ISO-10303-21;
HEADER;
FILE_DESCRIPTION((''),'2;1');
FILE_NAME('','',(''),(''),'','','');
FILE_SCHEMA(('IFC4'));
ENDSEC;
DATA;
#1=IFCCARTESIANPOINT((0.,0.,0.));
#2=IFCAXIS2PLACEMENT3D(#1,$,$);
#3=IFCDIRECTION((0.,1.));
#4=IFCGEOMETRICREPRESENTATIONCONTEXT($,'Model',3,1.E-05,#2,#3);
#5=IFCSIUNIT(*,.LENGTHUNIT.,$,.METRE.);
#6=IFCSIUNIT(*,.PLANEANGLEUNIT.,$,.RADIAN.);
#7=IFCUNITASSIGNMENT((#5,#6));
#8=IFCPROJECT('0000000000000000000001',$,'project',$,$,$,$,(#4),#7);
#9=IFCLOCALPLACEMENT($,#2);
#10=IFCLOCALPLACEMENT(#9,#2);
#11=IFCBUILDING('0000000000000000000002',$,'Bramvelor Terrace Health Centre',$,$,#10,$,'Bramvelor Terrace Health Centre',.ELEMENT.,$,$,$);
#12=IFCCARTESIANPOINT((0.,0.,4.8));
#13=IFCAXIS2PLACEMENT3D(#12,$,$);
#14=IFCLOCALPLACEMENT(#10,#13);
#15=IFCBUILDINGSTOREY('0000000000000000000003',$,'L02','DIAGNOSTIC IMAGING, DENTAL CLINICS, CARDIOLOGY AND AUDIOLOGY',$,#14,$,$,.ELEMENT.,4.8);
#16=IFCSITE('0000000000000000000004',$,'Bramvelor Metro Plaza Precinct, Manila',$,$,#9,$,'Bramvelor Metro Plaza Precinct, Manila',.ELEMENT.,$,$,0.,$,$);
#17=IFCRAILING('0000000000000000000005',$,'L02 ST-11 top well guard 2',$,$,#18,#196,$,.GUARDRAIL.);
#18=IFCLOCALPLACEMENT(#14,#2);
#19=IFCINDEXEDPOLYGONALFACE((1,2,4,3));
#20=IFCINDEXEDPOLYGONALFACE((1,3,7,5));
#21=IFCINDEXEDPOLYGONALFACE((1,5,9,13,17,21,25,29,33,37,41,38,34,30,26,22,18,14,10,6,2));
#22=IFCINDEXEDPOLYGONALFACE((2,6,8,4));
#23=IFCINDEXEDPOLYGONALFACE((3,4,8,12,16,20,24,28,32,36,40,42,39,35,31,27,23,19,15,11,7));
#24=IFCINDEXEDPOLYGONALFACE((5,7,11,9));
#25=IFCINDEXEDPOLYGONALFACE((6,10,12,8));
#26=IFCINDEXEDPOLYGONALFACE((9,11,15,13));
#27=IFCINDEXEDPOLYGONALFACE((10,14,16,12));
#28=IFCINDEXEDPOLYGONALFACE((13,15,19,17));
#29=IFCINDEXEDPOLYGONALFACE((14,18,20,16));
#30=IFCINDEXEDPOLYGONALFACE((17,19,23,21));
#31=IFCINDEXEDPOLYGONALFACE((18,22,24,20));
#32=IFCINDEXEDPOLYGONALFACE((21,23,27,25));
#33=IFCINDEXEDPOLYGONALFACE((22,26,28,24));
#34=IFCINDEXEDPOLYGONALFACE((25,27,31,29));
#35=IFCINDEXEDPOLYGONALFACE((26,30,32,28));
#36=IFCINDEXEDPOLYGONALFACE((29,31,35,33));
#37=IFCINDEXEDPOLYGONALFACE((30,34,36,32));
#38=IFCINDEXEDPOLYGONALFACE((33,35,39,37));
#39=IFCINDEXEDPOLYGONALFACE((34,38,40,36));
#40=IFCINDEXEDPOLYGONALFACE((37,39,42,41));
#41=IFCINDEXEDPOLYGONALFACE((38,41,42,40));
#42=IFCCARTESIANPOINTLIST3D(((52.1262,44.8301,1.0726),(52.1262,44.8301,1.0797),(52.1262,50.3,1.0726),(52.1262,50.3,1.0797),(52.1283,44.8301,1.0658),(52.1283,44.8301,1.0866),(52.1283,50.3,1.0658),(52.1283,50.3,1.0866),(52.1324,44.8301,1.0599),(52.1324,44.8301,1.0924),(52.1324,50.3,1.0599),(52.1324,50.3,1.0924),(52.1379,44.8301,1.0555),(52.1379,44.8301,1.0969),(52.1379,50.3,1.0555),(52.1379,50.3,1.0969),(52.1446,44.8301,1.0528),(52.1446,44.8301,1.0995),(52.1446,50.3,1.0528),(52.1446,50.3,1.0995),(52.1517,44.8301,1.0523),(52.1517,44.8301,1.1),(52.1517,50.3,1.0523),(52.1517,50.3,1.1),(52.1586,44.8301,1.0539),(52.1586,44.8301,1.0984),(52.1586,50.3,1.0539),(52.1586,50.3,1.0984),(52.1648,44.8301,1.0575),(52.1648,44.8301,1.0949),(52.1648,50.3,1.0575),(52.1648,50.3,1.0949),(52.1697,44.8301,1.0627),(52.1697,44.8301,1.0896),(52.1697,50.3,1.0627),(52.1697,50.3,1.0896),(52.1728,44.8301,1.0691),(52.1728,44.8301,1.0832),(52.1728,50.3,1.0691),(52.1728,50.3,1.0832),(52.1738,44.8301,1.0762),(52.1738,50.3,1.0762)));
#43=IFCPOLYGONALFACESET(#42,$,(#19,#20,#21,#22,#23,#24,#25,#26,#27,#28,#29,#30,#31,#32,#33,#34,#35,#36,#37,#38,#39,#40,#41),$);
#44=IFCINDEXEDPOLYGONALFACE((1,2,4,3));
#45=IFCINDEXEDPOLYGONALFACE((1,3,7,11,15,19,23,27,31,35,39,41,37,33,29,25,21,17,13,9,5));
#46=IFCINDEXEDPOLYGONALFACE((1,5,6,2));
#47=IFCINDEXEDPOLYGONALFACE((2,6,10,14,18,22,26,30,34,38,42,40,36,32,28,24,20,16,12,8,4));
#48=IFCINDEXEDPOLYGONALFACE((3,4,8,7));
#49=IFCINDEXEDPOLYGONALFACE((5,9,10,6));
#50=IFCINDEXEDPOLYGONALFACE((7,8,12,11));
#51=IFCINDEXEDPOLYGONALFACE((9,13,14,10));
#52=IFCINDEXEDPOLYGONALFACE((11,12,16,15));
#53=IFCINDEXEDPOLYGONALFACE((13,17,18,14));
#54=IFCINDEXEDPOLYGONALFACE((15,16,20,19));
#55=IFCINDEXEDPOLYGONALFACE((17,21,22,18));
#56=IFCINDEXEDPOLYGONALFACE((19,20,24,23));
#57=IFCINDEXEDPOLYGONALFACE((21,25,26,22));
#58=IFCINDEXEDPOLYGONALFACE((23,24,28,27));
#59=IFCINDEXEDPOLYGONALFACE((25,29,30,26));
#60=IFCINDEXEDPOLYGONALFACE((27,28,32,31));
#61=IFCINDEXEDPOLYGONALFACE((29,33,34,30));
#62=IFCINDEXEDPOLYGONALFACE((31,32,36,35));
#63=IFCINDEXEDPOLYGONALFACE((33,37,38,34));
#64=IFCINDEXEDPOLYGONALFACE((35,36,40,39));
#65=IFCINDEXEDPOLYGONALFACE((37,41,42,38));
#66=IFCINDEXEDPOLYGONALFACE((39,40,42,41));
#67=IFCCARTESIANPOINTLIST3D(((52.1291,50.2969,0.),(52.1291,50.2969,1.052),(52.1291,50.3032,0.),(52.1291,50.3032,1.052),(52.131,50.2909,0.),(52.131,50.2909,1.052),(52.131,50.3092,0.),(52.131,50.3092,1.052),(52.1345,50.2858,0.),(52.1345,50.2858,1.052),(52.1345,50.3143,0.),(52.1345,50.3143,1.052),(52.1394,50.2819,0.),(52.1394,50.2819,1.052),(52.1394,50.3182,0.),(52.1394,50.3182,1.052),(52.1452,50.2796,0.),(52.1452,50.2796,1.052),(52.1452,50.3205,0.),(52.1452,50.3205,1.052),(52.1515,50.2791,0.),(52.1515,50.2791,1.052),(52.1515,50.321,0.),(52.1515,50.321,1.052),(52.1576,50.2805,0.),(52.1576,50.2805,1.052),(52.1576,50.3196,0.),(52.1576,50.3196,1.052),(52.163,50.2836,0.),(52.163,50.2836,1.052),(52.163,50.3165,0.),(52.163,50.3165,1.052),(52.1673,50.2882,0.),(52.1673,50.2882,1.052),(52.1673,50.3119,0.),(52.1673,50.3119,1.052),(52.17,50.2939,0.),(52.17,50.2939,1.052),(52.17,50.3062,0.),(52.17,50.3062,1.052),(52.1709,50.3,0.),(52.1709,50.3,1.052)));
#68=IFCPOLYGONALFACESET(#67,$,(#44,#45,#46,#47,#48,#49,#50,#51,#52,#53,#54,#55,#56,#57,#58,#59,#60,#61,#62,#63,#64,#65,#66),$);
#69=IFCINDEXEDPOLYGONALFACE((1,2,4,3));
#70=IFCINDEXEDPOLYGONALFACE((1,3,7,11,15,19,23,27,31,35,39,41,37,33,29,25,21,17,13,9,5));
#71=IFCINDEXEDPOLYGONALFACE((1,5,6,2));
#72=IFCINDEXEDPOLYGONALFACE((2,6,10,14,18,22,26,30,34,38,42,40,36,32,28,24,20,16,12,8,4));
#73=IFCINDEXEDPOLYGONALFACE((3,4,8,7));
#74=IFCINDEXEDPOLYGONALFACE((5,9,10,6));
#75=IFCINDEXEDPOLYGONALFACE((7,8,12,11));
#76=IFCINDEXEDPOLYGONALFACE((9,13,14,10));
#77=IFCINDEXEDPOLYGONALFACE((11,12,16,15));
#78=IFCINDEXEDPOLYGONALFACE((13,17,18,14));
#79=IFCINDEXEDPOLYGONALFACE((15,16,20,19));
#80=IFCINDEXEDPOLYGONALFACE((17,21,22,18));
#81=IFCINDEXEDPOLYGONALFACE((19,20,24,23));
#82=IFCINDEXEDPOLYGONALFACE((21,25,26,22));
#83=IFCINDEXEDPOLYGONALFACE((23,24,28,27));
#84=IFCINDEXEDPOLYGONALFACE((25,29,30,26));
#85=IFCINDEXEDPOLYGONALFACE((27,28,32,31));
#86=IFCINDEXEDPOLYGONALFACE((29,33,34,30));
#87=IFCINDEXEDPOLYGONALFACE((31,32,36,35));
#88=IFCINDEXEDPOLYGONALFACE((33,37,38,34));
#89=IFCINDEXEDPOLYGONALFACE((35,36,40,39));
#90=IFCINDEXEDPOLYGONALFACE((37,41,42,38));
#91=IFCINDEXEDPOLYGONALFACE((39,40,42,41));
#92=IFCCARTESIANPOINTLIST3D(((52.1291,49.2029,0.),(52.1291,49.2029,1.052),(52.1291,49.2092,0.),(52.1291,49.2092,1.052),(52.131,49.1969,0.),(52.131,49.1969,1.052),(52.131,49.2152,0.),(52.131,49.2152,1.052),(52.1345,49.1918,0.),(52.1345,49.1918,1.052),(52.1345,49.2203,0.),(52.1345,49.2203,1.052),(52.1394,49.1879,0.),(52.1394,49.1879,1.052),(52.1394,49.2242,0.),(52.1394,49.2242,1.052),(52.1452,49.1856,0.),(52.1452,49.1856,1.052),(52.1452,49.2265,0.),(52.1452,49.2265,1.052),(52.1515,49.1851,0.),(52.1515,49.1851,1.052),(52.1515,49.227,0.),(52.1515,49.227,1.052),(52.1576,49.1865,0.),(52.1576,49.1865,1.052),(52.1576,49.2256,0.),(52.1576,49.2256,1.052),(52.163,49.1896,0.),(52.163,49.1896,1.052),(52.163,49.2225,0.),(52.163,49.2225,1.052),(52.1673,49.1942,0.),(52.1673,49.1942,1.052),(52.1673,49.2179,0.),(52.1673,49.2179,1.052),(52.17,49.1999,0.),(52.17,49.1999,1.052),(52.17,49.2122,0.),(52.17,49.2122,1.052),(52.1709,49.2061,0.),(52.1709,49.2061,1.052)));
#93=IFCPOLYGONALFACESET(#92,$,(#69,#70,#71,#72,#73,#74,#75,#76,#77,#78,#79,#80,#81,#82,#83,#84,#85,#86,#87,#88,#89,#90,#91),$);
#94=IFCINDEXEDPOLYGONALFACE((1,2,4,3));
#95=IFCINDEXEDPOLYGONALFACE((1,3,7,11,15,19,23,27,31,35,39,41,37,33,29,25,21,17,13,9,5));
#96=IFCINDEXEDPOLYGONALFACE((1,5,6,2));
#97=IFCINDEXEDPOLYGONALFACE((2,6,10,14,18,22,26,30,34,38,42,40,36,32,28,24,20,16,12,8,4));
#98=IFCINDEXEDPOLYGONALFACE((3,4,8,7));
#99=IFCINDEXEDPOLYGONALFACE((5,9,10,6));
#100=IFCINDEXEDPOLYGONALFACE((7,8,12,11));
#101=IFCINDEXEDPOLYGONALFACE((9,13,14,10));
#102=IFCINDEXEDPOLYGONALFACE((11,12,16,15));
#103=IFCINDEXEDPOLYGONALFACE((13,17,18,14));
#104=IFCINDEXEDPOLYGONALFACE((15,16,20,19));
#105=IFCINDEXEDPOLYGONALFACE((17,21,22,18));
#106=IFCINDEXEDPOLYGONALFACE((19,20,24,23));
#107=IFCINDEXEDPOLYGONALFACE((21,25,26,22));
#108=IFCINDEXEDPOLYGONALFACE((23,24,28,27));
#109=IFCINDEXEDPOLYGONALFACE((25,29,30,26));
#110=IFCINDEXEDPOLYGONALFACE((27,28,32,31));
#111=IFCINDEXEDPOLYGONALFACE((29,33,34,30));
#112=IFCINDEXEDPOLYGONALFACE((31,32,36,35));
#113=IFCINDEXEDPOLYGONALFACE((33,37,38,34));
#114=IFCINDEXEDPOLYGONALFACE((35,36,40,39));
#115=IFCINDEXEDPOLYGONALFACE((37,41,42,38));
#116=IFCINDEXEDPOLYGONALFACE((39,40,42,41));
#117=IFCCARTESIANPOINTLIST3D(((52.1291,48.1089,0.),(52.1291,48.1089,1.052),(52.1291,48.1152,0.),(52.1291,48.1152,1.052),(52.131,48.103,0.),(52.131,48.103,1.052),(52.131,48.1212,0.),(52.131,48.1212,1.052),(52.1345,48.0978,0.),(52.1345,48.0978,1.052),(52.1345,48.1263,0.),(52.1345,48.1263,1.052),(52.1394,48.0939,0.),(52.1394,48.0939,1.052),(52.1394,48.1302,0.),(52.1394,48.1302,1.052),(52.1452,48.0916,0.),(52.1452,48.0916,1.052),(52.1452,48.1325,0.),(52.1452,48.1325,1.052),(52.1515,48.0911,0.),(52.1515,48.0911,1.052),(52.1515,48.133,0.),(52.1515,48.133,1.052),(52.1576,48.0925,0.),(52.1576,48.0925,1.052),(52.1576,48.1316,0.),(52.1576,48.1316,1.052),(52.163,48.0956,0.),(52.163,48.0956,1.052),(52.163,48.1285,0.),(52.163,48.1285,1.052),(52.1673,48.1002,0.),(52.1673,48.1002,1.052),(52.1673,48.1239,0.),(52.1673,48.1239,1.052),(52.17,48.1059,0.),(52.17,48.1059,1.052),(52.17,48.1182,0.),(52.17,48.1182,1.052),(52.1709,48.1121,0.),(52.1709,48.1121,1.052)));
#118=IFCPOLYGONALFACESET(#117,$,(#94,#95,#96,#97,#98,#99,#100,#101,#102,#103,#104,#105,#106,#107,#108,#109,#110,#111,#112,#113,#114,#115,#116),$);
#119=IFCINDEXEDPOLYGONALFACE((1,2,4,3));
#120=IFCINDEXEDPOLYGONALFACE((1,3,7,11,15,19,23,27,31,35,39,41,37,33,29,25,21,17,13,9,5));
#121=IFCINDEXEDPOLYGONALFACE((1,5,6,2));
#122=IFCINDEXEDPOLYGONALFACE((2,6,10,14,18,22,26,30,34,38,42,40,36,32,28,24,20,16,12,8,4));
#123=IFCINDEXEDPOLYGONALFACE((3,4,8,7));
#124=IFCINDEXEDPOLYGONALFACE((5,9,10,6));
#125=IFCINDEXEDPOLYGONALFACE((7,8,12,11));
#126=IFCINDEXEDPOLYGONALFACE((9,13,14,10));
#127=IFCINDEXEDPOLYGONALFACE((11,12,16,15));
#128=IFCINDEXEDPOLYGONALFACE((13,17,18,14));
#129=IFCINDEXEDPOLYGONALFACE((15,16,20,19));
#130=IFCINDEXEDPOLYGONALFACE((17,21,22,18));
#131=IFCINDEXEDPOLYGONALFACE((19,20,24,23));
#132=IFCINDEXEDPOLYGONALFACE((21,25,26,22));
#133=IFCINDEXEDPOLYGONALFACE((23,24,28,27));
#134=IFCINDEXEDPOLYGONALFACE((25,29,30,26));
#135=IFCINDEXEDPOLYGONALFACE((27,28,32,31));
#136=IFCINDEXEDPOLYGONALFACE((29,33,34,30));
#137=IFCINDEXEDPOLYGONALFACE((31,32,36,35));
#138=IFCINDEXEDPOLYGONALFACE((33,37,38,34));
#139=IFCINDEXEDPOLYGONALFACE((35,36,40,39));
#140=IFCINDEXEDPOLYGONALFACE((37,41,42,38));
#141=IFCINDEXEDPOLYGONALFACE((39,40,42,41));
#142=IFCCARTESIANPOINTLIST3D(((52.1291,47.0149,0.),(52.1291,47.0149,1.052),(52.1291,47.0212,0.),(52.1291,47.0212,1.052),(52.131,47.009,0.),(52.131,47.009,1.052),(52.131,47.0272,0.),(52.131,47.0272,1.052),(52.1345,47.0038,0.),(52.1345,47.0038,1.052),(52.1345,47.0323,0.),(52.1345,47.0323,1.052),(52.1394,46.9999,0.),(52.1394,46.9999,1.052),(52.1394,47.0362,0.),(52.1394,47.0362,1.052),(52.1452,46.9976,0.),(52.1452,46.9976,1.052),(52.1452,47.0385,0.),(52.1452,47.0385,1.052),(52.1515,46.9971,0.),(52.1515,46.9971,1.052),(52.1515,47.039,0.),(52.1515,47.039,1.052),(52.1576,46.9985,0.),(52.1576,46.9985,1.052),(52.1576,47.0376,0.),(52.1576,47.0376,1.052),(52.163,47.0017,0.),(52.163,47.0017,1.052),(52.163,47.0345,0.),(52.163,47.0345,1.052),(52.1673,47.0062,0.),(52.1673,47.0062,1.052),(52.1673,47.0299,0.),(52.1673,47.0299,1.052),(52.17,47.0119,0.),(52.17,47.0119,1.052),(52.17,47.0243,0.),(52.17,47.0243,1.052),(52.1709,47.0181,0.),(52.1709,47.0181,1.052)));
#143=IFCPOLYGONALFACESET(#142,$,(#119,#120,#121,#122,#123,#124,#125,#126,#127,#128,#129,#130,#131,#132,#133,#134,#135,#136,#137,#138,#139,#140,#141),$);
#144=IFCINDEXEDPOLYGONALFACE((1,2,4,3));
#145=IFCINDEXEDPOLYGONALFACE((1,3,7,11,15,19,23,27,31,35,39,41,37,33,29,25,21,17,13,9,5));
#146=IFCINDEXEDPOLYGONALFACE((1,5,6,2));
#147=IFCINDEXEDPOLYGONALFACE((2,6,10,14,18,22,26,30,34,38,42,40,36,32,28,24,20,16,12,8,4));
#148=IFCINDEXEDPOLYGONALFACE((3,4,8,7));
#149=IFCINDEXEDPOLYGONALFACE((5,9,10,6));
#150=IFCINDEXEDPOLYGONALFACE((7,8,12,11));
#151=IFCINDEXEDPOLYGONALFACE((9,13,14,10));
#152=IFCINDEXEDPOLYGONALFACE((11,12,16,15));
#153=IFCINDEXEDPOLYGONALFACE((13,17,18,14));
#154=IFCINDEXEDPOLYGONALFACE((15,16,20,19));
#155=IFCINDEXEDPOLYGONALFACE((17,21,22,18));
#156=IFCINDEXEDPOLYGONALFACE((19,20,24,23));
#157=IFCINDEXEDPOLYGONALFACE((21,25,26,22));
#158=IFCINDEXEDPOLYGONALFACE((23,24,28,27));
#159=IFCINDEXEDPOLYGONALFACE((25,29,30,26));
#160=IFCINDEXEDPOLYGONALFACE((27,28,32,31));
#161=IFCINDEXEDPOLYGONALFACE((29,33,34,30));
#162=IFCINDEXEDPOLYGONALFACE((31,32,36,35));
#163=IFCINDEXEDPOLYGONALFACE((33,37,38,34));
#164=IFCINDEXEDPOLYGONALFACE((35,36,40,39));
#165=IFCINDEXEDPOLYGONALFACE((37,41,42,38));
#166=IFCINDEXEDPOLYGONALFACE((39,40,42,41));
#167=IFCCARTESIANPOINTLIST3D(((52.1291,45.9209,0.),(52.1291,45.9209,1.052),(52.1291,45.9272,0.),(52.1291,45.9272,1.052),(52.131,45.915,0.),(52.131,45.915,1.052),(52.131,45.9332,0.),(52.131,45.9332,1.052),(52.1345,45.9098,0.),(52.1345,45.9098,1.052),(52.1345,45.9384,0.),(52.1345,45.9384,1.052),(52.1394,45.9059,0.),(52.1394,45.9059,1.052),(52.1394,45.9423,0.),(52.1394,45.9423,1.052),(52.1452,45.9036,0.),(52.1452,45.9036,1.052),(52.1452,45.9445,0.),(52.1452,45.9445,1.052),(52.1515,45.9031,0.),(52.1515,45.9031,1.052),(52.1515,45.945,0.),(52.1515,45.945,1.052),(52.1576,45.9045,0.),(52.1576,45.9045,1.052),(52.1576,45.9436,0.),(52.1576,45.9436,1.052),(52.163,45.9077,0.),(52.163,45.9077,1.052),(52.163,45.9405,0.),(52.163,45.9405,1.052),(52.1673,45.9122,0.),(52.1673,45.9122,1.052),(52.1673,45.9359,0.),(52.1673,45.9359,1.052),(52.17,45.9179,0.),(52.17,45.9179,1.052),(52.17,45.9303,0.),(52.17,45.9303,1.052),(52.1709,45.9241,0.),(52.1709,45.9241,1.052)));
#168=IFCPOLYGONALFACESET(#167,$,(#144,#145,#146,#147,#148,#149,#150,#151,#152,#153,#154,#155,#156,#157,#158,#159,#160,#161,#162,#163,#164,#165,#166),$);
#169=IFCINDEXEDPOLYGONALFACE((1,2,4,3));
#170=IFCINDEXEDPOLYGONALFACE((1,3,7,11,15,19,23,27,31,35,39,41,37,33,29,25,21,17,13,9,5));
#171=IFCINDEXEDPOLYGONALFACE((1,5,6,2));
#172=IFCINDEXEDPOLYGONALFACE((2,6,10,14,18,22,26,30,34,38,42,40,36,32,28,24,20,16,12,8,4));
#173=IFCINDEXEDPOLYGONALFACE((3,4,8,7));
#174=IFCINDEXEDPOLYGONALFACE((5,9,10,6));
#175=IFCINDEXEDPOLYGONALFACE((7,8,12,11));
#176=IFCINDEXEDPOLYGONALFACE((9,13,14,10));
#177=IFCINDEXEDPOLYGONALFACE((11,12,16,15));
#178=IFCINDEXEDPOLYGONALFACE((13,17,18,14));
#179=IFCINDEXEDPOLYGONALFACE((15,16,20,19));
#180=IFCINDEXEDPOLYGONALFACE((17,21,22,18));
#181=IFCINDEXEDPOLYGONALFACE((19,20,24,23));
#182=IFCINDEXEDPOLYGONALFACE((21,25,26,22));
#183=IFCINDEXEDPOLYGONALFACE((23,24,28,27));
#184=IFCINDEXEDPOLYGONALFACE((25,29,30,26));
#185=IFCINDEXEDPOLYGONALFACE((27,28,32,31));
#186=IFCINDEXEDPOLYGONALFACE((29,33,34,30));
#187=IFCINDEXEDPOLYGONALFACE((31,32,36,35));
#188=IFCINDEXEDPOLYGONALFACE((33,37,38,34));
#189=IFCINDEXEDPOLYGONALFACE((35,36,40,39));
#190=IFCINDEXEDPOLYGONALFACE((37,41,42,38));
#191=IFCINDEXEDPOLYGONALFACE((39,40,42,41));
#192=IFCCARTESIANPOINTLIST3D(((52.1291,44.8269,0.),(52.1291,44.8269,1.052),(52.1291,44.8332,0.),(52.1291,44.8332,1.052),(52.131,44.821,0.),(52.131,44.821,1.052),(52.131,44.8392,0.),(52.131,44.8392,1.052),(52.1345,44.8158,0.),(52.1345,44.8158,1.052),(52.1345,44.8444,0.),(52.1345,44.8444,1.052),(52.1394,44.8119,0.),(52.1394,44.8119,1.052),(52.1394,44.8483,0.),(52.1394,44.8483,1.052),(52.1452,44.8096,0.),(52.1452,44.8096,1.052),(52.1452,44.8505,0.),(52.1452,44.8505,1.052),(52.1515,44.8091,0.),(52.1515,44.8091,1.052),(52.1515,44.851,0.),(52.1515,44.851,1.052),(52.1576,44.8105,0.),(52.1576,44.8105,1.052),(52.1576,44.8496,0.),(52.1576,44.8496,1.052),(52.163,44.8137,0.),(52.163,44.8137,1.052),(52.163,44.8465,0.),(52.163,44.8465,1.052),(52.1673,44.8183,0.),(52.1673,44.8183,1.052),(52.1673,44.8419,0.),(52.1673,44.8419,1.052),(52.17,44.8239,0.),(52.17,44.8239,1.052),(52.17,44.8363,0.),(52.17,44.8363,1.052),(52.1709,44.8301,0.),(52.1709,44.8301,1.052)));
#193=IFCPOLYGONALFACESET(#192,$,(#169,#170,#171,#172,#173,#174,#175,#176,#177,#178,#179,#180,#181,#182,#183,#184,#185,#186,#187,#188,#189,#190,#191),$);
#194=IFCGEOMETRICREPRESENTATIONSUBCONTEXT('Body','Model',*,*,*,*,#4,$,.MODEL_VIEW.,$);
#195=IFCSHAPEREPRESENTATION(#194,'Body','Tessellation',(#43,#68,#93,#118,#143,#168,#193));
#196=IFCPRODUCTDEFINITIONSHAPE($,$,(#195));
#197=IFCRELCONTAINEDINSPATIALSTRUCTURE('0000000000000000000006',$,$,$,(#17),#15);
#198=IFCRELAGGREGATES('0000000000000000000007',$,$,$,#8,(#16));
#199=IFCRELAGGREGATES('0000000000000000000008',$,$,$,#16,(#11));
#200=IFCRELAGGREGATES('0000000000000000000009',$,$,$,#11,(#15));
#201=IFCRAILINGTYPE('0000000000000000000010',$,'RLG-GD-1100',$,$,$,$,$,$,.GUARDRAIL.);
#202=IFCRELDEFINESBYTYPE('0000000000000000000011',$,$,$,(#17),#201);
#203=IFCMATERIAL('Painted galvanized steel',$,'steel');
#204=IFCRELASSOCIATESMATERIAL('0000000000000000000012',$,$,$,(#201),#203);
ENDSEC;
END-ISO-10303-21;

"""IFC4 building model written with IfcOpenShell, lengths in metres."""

from ifc_helpers import new_model, si_unit, direction, frame, origin, origin_2d, place, context, subcontext, project, spatial, circle, extrude, material, type_object, element, save


model = new_model("IFC4")

# Units and contexts
model_context = context("Model", 3, precision=1e-05, world=origin(), true_north=direction((0.0, 1.0)))
body_context = subcontext(model_context, "Body", "Model", "MODEL_VIEW")
ifc_project = project(units=[si_unit("LENGTHUNIT", "METRE"), si_unit("PLANEANGLEUNIT", "RADIAN")], contexts=[model_context])

# Site, building, storey
site_placement = place(None, origin())
site = spatial("IfcSite", under=ifc_project, at=site_placement, Name="Bramvelor Metro Plaza Precinct, Manila", LongName="Bramvelor Metro Plaza Precinct, Manila", CompositionType="ELEMENT", RefElevation=0.0)
building_placement = place(site_placement, origin())
building = spatial("IfcBuilding", under=site, at=building_placement, Name="Bramvelor Terrace Health Centre", LongName="Bramvelor Terrace Health Centre", CompositionType="ELEMENT")
storey_placement = place(building_placement, frame((0.0, 0.0, 4.8)))
storey = spatial("IfcBuildingStorey", under=building, at=storey_placement, Name="L02", Description="DIAGNOSTIC IMAGING, DENTAL CLINICS, CARDIOLOGY AND AUDIOLOGY", CompositionType="ELEMENT", Elevation=4.8)

# Railing
ifc_material_1 = material(Name="Painted galvanized steel", Category="steel")
railing_type = type_object("IfcRailingType", Name="RLG-GD-1100", PredefinedType="GUARDRAIL", material=ifc_material_1)
for number, where, name in (
    (1, (52.1499, 50.3, 0.0), "L02 ST-11 top well guard 2"),
):
    element("IfcRailing", number, at=place(storey_placement, frame(where)), inside=storey, type_object=railing_type, Name=name, PredefinedType="GUARDRAIL", context=body_context, shape_type="SweptSolid", body=[
        extrude(circle(Radius=0.0239, at=origin_2d()), frame((0.0, 0.0, 1.0762), z_axis=(0.0, -1.0, 0.0), x_axis=(1.0, 0.0, 0.0)), (0.0, 0.0, 1.0), 5.47),
        extrude(circle(Radius=0.021, at=origin_2d()), origin(), (0.0, 0.0, 1.0), 1.052),
        extrude(circle(Radius=0.021, at=origin_2d()), frame((0.0, -1.094, 0.0)), (0.0, 0.0, 1.0), 1.052),
        extrude(circle(Radius=0.021, at=origin_2d()), frame((0.0, -2.188, 0.0)), (0.0, 0.0, 1.0), 1.052),
        extrude(circle(Radius=0.021, at=origin_2d()), frame((0.0, -3.282, 0.0)), (0.0, 0.0, 1.0), 1.052),
        extrude(circle(Radius=0.021, at=origin_2d()), frame((0.0, -4.376, 0.0)), (0.0, 0.0, 1.0), 1.052),
        extrude(circle(Radius=0.021, at=origin_2d()), frame((0.0, -5.47, 0.0)), (0.0, 0.0, 1.0), 1.052),
    ])

save(model, "model.ifc")
